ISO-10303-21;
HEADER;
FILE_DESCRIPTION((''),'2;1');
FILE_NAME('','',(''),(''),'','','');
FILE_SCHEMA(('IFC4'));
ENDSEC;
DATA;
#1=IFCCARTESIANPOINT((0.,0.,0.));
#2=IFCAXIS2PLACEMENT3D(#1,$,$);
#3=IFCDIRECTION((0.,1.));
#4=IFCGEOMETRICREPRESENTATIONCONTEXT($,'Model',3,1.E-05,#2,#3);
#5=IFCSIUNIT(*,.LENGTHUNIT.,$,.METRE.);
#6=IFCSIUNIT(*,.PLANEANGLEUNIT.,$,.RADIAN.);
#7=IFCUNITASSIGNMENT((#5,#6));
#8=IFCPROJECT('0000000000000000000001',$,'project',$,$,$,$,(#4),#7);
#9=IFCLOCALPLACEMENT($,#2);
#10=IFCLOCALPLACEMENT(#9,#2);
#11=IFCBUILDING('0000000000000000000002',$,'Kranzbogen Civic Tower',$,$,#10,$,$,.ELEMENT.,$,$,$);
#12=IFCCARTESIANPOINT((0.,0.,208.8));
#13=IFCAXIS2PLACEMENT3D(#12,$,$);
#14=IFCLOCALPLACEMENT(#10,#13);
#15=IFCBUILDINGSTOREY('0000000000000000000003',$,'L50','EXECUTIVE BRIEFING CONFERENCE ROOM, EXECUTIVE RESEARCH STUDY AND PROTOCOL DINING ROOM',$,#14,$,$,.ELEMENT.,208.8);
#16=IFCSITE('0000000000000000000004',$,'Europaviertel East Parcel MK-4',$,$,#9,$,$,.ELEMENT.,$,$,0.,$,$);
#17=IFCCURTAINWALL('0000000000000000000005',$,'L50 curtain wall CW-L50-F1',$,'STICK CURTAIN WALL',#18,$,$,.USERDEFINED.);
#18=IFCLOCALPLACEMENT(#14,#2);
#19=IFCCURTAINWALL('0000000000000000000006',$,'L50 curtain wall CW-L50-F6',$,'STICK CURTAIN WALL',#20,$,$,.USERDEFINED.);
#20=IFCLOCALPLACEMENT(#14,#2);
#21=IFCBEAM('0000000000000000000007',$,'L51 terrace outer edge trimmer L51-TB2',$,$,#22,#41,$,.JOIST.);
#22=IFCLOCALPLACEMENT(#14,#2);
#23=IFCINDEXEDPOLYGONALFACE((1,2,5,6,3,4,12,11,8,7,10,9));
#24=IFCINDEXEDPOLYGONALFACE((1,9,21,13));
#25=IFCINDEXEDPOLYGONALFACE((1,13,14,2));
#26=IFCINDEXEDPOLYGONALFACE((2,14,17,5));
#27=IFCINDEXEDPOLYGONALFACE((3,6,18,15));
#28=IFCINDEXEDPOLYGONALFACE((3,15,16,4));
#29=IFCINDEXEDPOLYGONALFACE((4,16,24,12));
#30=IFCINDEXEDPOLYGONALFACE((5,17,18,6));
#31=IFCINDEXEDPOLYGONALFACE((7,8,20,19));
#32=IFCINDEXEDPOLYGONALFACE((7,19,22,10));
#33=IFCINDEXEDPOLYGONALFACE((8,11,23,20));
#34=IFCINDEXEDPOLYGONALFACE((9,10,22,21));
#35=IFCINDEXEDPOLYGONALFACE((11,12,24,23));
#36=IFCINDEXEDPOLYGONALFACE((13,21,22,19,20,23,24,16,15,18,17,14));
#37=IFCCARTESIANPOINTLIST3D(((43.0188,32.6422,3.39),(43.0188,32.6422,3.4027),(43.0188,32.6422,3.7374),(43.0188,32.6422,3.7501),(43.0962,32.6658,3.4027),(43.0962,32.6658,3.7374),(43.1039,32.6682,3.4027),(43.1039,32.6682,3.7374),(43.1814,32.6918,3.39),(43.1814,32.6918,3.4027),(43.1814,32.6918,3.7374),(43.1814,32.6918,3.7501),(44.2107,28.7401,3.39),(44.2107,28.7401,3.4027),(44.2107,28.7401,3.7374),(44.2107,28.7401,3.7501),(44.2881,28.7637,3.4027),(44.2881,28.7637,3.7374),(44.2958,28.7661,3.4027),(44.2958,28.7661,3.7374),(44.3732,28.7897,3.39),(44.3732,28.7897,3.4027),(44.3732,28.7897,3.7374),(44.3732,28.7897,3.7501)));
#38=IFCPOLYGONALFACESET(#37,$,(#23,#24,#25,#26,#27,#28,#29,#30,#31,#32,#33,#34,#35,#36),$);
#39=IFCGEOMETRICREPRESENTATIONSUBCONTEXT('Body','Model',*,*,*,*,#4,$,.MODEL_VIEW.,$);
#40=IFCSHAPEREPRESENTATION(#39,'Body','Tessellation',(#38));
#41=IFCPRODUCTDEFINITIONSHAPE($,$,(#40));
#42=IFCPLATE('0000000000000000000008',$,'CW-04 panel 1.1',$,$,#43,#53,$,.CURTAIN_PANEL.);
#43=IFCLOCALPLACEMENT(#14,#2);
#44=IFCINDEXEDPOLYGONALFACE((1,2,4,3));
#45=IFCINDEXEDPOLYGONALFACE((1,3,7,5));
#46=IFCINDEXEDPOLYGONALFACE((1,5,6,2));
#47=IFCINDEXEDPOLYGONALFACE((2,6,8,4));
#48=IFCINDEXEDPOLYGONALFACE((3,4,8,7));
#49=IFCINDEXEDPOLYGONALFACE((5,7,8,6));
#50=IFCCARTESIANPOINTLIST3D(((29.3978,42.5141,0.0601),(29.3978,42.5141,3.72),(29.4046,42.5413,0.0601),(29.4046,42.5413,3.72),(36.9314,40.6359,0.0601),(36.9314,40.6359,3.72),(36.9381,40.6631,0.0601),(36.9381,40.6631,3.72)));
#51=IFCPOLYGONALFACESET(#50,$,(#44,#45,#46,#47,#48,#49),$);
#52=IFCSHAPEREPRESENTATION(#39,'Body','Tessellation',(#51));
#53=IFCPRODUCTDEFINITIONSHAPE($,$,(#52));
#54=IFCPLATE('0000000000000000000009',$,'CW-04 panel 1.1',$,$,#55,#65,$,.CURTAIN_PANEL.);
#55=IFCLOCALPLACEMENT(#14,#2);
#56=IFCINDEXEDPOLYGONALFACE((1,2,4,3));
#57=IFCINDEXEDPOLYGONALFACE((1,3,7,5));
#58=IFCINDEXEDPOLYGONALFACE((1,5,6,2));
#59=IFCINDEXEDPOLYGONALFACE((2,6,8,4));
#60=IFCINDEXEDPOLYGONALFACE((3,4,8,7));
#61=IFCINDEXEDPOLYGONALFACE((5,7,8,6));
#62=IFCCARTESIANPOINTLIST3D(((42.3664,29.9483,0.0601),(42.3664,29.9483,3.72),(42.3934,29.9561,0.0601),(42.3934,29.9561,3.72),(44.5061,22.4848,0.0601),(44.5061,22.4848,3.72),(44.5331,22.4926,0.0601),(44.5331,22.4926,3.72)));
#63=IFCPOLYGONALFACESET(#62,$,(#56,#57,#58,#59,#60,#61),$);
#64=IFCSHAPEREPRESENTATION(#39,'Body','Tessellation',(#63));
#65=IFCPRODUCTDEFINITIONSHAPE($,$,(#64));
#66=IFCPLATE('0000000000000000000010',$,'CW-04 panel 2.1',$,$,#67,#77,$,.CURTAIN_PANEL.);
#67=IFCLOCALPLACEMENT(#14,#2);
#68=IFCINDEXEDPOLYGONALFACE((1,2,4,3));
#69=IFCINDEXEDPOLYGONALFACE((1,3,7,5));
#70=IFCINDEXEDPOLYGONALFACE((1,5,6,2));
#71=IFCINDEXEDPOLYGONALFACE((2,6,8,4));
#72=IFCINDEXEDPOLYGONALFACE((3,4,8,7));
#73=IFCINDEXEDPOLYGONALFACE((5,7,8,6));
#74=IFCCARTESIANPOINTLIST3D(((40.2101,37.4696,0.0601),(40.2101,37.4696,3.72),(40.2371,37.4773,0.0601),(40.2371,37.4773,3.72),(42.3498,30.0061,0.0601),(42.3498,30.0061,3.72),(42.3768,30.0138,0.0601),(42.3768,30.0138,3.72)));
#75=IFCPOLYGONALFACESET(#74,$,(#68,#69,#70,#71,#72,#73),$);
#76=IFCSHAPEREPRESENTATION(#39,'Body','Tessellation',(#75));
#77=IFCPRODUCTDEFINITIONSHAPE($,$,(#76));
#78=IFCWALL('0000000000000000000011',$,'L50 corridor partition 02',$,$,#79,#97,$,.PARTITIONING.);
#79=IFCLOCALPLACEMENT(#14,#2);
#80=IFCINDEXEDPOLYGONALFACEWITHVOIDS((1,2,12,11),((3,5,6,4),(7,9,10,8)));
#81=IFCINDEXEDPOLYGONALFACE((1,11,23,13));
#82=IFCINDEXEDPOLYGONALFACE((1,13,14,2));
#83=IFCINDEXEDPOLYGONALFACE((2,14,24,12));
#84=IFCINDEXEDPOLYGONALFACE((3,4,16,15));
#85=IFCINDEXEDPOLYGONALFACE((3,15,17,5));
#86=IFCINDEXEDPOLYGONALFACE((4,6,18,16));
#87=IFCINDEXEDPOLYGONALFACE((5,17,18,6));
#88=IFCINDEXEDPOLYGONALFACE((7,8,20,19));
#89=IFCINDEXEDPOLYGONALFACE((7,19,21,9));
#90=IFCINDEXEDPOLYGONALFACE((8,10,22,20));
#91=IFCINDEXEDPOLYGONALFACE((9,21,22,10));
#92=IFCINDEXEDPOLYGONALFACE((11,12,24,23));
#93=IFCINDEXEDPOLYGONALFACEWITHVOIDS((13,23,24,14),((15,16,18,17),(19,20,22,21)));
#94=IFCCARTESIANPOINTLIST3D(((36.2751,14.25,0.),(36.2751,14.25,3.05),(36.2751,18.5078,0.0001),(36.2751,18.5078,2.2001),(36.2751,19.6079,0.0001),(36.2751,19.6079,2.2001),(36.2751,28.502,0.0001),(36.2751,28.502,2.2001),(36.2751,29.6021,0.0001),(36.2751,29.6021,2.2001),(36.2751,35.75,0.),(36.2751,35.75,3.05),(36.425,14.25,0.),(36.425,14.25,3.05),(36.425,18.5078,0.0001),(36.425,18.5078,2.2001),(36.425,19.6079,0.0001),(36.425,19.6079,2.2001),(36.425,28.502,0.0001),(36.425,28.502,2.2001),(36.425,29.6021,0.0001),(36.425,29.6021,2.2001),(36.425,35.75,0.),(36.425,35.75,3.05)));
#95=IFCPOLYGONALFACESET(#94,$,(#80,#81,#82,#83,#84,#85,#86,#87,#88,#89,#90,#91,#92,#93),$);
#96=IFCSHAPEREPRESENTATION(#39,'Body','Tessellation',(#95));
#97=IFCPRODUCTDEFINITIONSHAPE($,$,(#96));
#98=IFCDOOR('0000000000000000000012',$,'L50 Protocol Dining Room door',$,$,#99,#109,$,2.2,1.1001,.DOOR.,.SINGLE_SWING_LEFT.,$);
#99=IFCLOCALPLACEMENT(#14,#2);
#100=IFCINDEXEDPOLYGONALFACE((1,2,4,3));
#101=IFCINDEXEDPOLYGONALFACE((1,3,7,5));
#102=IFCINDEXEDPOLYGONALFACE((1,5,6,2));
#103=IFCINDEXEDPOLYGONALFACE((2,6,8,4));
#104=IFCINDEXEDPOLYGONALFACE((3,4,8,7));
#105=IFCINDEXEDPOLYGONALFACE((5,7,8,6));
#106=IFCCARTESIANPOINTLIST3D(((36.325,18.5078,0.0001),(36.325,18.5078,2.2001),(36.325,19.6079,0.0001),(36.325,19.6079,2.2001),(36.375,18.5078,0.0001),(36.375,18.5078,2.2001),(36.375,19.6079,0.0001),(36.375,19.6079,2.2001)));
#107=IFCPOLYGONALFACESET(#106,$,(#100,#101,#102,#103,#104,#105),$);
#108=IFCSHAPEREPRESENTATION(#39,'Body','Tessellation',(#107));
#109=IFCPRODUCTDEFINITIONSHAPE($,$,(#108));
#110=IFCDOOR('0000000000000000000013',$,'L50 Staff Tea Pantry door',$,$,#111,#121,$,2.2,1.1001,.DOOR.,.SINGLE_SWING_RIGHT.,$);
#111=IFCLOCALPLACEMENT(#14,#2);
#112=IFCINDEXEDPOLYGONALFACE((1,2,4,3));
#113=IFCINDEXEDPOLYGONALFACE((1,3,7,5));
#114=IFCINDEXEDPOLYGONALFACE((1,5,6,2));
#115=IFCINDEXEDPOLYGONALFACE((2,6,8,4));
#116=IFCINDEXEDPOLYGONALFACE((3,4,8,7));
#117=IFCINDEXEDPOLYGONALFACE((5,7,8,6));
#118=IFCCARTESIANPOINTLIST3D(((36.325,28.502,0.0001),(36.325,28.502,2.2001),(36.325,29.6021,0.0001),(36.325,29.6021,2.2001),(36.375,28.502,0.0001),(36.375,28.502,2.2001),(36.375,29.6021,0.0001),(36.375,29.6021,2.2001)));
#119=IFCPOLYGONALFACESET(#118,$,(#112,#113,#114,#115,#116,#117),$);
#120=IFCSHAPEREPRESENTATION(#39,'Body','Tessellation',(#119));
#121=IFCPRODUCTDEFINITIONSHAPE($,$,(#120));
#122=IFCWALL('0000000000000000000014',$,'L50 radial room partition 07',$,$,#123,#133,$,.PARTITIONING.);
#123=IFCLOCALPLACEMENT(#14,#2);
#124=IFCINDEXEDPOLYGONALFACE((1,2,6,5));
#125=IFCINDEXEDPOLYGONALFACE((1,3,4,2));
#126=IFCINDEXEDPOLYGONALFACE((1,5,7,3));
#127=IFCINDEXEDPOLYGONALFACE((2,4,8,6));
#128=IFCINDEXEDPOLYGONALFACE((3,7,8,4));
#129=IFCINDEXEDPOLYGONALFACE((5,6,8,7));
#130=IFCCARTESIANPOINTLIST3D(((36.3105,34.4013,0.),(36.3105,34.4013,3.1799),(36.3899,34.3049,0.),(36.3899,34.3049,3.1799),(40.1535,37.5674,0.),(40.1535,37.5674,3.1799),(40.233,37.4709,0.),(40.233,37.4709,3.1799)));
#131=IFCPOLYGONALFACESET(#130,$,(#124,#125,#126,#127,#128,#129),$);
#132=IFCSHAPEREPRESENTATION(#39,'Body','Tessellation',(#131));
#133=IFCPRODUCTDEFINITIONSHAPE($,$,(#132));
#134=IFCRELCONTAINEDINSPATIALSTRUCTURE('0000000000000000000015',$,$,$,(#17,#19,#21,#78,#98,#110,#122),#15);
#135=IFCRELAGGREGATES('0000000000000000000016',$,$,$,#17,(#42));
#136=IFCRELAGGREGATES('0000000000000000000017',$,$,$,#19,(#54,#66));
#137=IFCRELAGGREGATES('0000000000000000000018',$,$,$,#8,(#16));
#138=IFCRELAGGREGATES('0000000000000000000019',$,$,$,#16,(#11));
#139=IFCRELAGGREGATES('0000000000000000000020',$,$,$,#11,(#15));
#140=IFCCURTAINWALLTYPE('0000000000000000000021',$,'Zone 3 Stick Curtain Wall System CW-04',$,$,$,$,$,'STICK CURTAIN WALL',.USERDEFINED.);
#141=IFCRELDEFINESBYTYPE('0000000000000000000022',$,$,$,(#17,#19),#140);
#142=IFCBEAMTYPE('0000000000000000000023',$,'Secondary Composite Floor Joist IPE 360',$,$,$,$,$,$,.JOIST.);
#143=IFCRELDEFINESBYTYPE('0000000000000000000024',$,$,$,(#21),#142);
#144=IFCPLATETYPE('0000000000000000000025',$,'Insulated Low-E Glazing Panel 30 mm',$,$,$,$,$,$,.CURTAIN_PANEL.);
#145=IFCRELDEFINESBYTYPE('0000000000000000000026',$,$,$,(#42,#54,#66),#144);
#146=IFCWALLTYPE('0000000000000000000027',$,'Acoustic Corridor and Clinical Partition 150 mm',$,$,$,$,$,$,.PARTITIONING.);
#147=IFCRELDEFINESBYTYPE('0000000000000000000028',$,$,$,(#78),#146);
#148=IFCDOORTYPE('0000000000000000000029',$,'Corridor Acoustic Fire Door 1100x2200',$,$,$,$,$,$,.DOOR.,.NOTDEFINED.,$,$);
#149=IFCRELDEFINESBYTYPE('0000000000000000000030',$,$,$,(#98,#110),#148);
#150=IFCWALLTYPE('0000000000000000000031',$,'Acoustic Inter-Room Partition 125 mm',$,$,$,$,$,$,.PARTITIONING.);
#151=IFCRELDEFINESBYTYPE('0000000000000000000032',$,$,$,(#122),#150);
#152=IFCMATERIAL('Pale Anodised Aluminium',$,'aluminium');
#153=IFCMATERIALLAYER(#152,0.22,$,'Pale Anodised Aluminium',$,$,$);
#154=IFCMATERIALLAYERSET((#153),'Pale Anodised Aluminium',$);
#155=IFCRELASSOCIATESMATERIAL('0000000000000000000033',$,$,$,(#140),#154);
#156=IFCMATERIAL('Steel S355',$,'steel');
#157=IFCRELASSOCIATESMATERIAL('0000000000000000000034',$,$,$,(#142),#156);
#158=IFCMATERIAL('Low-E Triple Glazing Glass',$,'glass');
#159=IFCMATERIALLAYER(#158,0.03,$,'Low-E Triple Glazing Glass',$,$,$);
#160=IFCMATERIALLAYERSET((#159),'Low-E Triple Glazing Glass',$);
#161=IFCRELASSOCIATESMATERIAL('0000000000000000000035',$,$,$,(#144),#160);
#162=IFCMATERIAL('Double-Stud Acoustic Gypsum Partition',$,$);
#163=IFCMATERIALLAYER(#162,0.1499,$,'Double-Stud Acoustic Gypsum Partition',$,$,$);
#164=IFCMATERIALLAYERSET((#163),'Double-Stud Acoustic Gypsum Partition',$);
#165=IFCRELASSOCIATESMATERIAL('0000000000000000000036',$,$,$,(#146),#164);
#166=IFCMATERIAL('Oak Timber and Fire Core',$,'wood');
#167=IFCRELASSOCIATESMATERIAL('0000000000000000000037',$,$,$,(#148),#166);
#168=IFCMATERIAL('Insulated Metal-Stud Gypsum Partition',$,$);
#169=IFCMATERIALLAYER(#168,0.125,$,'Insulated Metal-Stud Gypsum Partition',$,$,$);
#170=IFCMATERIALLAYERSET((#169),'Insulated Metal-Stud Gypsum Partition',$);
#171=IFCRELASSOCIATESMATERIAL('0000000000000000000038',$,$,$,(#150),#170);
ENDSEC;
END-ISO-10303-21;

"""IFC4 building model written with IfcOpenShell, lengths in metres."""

from ifc_helpers import new_model, si_unit, direction, frame, frame_2d, origin, origin_2d, place, context, subcontext, project, spatial, rectangle, i_section, extrude, material, layer, layer_set, material_profile, profile_set, type_object, element, fill, aggregate, save


model = new_model("IFC4")

# Units and contexts
model_context = context("Model", 3, precision=1e-05, world=origin(), true_north=direction((0.0, 1.0)))
body_context = subcontext(model_context, "Body", "Model", "MODEL_VIEW")
ifc_project = project(units=[si_unit("LENGTHUNIT", "METRE"), si_unit("PLANEANGLEUNIT", "RADIAN")], contexts=[model_context])

# Site, building, storey
site_placement = place(None, origin())
site = spatial("IfcSite", under=ifc_project, at=site_placement, Name="Europaviertel East Parcel MK-4", CompositionType="ELEMENT", RefElevation=0.0)
building_placement = place(site_placement, origin())
building = spatial("IfcBuilding", under=site, at=building_placement, Name="Kranzbogen Civic Tower", CompositionType="ELEMENT")
storey_placement = place(building_placement, frame((0.0, 0.0, 208.8)))
storey = spatial("IfcBuildingStorey", under=building, at=storey_placement, Name="L50", Description="EXECUTIVE BRIEFING CONFERENCE ROOM, EXECUTIVE RESEARCH STUDY AND PROTOCOL DINING ROOM", CompositionType="ELEMENT", Elevation=208.8)

# Shared definitions
ifc_material_1 = material(Name="Steel S355", Category="steel")

# Curtain wall
ifc_material_2 = material(Name="Pale Anodised Aluminium", Category="aluminium")
ifc_layer_1 = layer(ifc_material_2, 0.22, Name="Pale Anodised Aluminium")
ifc_layer_set_1 = layer_set([ifc_layer_1], Name="Pale Anodised Aluminium")
curtain_wall_type = type_object("IfcCurtainWallType", Name="Zone 3 Stick Curtain Wall System CW-04", ElementType="STICK CURTAIN WALL", PredefinedType="USERDEFINED", material=ifc_layer_set_1)
curtain_wall_1_placement = place(storey_placement, origin())
curtain_wall_1 = element("IfcCurtainWall", 1, at=curtain_wall_1_placement, inside=storey, type_object=curtain_wall_type, Name="L50 curtain wall CW-L50-F1", ObjectType="STICK CURTAIN WALL", PredefinedType="USERDEFINED")

# Curtain wall
curtain_wall_2_placement = place(storey_placement, origin())
curtain_wall_2 = element("IfcCurtainWall", 2, at=curtain_wall_2_placement, inside=storey, type_object=curtain_wall_type, Name="L50 curtain wall CW-L50-F6", ObjectType="STICK CURTAIN WALL", PredefinedType="USERDEFINED")

# Beam
ifc_material_profile_1 = material_profile(ifc_material_1, i_section(OverallWidth=0.1699, OverallDepth=0.3601, WebThickness=0.0081, FlangeThickness=0.0127, at=origin_2d()), Name="IPE 360")
ifc_profile_set_1 = profile_set([ifc_material_profile_1], Name="Steel S355")
beam_type_1 = type_object("IfcBeamType", Name="Secondary Composite Floor Joist IPE 360", PredefinedType="JOIST", material=ifc_profile_set_1)
beam_1_placement = place(storey_placement, frame((44.292, 28.7649, 3.5701), z_axis=(-0.292126, 0.95638, 0.0), x_axis=(-0.95638, -0.292126, 0.0)))
element("IfcBeam", 3, at=beam_1_placement, inside=storey, type_object=beam_type_1, Name="L51 terrace outer edge trimmer L51-TB2", PredefinedType="JOIST", context=body_context, shape_type="SweptSolid", body=[
    extrude(i_section(OverallWidth=0.1699, OverallDepth=0.3601, WebThickness=0.0081, FlangeThickness=0.0127, at=origin_2d()), origin(), (0.0, 0.0, 1.0), 4.0801),
])

# Plates
ifc_material_3 = material(Name="Low-E Triple Glazing Glass", Category="glass")
ifc_layer_2 = layer(ifc_material_3, 0.03, Name="Low-E Triple Glazing Glass")
ifc_layer_set_2 = layer_set([ifc_layer_2], Name="Low-E Triple Glazing Glass")
plate_type = type_object("IfcPlateType", Name="Insulated Low-E Glazing Panel 30 mm", PredefinedType="CURTAIN_PANEL", material=ifc_layer_set_2)
plate_1_placement = place(storey_placement, frame((33.168, 41.5886, 0.0601), z_axis=(0.0, 0.0, 1.0), x_axis=(-0.9703, 0.241906, 0.0)))
plate_1 = element("IfcPlate", 4, at=plate_1_placement, type_object=plate_type, Name="CW-04 panel 1.1", PredefinedType="CURTAIN_PANEL", context=body_context, shape_type="SweptSolid", body=[
    extrude(rectangle(XDim=7.7642, YDim=0.0281, at=origin_2d()), origin(), (0.0, 0.0, 1.0), 3.6599),
])
aggregate(curtain_wall_1, [plate_1])
plate_2_placement = place(storey_placement, frame((43.4497, 26.2205, 0.0601), z_axis=(0.0, 0.0, 1.0), x_axis=(-0.275587, 0.961276, 0.0)))
plate_2 = element("IfcPlate", 5, at=plate_2_placement, type_object=plate_type, Name="CW-04 panel 1.1", PredefinedType="CURTAIN_PANEL", context=body_context, shape_type="SweptSolid", body=[
    extrude(rectangle(XDim=7.7642, YDim=0.0281, at=origin_2d()), origin(), (0.0, 0.0, 1.0), 3.6599),
])
plate_3_placement = place(storey_placement, frame((41.2935, 33.7417, 0.0601), z_axis=(0.0, 0.0, 1.0), x_axis=(-0.275587, 0.961276, 0.0)))
plate_3 = element("IfcPlate", 6, at=plate_3_placement, type_object=plate_type, Name="CW-04 panel 2.1", PredefinedType="CURTAIN_PANEL", context=body_context, shape_type="SweptSolid", body=[
    extrude(rectangle(XDim=7.7642, YDim=0.0281, at=origin_2d()), origin(), (0.0, 0.0, 1.0), 3.6599),
])
aggregate(curtain_wall_2, [plate_2, plate_3])

# Wall, openings, doors
ifc_material_4 = material(Name="Double-Stud Acoustic Gypsum Partition")
ifc_layer_3 = layer(ifc_material_4, 0.1499, Name="Double-Stud Acoustic Gypsum Partition")
ifc_layer_set_3 = layer_set([ifc_layer_3], Name="Double-Stud Acoustic Gypsum Partition")
wall_type_1 = type_object("IfcWallType", Name="Acoustic Corridor and Clinical Partition 150 mm", PredefinedType="PARTITIONING", material=ifc_layer_set_3)
wall_1_placement = place(storey_placement, frame((36.3501, 35.75, 0.0), z_axis=(0.0, 0.0, 1.0), x_axis=(0.0, -1.0, 0.0)))
wall_1 = element("IfcWall", 7, at=wall_1_placement, inside=storey, type_object=wall_type_1, Name="L50 corridor partition 02", PredefinedType="PARTITIONING", context=body_context, shape_type="SweptSolid", body=[
    extrude(rectangle(XDim=21.5, YDim=0.1499, at=frame_2d((10.75, 0.0))), origin(), (0.0, 0.0, 1.0), 3.05),
])
opening_1_placement = place(wall_1_placement, frame((16.1421, 0.0, 0.0)))
opening_1 = element("IfcOpeningElement", 8, at=opening_1_placement, cuts=wall_1, PredefinedType="OPENING", context=body_context, shape_type="SweptSolid", body=[
    extrude(rectangle(XDim=1.1001, YDim=2.2, at=frame_2d((0.55, 1.1001))), frame((0.0, 0.085, 0.0), z_axis=(0.0, -1.0, 0.0), x_axis=(1.0, 0.0, 0.0)), (0.0, 0.0, 1.0), 0.1699),
])
opening_2_placement = place(wall_1_placement, frame((6.1479, 0.0, 0.0)))
opening_2 = element("IfcOpeningElement", 9, at=opening_2_placement, cuts=wall_1, PredefinedType="OPENING", context=body_context, shape_type="SweptSolid", body=[
    extrude(rectangle(XDim=1.1001, YDim=2.2, at=frame_2d((0.55, 1.1001))), frame((0.0, 0.085, 0.0), z_axis=(0.0, -1.0, 0.0), x_axis=(1.0, 0.0, 0.0)), (0.0, 0.0, 1.0), 0.1699),
])
ifc_material_5 = material(Name="Oak Timber and Fire Core", Category="wood")
door_type_1 = type_object("IfcDoorType", Name="Corridor Acoustic Fire Door 1100x2200", OperationType="NOTDEFINED", PredefinedType="DOOR", material=ifc_material_5)
door_1_placement = place(opening_1_placement, origin())
door_1 = element("IfcDoor", 10, at=door_1_placement, inside=storey, type_object=door_type_1, Name="L50 Protocol Dining Room door", OperationType="SINGLE_SWING_LEFT", OverallHeight=2.2, OverallWidth=1.1001, PredefinedType="DOOR", context=body_context, shape_type="SweptSolid", body=[
    extrude(rectangle(XDim=1.1001, YDim=2.2, at=frame_2d((0.55, 1.1001))), frame((0.0, 0.0249, 0.0), z_axis=(0.0, -1.0, 0.0), x_axis=(1.0, 0.0, 0.0)), (0.0, 0.0, 1.0), 0.05),
])
fill(opening_1, door_1)
door_2_placement = place(opening_2_placement, origin())
door_2 = element("IfcDoor", 11, at=door_2_placement, inside=storey, type_object=door_type_1, Name="L50 Staff Tea Pantry door", OperationType="SINGLE_SWING_RIGHT", OverallHeight=2.2, OverallWidth=1.1001, PredefinedType="DOOR", context=body_context, shape_type="SweptSolid", body=[
    extrude(rectangle(XDim=1.1001, YDim=2.2, at=frame_2d((0.55, 1.1001))), frame((0.0, 0.0249, 0.0), z_axis=(0.0, -1.0, 0.0), x_axis=(1.0, 0.0, 0.0)), (0.0, 0.0, 1.0), 0.05),
])
fill(opening_2, door_2)

# Wall
ifc_material_6 = material(Name="Insulated Metal-Stud Gypsum Partition")
ifc_layer_4 = layer(ifc_material_6, 0.125, Name="Insulated Metal-Stud Gypsum Partition")
ifc_layer_set_4 = layer_set([ifc_layer_4], Name="Insulated Metal-Stud Gypsum Partition")
wall_type_2 = type_object("IfcWallType", Name="Acoustic Inter-Room Partition 125 mm", PredefinedType="PARTITIONING", material=ifc_layer_set_4)
wall_2_placement = place(storey_placement, frame((36.3501, 34.353, 0.0), z_axis=(0.0, 0.0, 1.0), x_axis=(0.771814, 0.635848, 0.0)))
element("IfcWall", 12, at=wall_2_placement, inside=storey, type_object=wall_type_2, Name="L50 radial room partition 07", PredefinedType="PARTITIONING", context=body_context, shape_type="SweptSolid", body=[
    extrude(rectangle(XDim=4.9792, YDim=0.125, at=frame_2d((2.4897, 0.0))), origin(), (0.0, 0.0, 1.0), 3.1799),
])

save(model, "model.ifc")
